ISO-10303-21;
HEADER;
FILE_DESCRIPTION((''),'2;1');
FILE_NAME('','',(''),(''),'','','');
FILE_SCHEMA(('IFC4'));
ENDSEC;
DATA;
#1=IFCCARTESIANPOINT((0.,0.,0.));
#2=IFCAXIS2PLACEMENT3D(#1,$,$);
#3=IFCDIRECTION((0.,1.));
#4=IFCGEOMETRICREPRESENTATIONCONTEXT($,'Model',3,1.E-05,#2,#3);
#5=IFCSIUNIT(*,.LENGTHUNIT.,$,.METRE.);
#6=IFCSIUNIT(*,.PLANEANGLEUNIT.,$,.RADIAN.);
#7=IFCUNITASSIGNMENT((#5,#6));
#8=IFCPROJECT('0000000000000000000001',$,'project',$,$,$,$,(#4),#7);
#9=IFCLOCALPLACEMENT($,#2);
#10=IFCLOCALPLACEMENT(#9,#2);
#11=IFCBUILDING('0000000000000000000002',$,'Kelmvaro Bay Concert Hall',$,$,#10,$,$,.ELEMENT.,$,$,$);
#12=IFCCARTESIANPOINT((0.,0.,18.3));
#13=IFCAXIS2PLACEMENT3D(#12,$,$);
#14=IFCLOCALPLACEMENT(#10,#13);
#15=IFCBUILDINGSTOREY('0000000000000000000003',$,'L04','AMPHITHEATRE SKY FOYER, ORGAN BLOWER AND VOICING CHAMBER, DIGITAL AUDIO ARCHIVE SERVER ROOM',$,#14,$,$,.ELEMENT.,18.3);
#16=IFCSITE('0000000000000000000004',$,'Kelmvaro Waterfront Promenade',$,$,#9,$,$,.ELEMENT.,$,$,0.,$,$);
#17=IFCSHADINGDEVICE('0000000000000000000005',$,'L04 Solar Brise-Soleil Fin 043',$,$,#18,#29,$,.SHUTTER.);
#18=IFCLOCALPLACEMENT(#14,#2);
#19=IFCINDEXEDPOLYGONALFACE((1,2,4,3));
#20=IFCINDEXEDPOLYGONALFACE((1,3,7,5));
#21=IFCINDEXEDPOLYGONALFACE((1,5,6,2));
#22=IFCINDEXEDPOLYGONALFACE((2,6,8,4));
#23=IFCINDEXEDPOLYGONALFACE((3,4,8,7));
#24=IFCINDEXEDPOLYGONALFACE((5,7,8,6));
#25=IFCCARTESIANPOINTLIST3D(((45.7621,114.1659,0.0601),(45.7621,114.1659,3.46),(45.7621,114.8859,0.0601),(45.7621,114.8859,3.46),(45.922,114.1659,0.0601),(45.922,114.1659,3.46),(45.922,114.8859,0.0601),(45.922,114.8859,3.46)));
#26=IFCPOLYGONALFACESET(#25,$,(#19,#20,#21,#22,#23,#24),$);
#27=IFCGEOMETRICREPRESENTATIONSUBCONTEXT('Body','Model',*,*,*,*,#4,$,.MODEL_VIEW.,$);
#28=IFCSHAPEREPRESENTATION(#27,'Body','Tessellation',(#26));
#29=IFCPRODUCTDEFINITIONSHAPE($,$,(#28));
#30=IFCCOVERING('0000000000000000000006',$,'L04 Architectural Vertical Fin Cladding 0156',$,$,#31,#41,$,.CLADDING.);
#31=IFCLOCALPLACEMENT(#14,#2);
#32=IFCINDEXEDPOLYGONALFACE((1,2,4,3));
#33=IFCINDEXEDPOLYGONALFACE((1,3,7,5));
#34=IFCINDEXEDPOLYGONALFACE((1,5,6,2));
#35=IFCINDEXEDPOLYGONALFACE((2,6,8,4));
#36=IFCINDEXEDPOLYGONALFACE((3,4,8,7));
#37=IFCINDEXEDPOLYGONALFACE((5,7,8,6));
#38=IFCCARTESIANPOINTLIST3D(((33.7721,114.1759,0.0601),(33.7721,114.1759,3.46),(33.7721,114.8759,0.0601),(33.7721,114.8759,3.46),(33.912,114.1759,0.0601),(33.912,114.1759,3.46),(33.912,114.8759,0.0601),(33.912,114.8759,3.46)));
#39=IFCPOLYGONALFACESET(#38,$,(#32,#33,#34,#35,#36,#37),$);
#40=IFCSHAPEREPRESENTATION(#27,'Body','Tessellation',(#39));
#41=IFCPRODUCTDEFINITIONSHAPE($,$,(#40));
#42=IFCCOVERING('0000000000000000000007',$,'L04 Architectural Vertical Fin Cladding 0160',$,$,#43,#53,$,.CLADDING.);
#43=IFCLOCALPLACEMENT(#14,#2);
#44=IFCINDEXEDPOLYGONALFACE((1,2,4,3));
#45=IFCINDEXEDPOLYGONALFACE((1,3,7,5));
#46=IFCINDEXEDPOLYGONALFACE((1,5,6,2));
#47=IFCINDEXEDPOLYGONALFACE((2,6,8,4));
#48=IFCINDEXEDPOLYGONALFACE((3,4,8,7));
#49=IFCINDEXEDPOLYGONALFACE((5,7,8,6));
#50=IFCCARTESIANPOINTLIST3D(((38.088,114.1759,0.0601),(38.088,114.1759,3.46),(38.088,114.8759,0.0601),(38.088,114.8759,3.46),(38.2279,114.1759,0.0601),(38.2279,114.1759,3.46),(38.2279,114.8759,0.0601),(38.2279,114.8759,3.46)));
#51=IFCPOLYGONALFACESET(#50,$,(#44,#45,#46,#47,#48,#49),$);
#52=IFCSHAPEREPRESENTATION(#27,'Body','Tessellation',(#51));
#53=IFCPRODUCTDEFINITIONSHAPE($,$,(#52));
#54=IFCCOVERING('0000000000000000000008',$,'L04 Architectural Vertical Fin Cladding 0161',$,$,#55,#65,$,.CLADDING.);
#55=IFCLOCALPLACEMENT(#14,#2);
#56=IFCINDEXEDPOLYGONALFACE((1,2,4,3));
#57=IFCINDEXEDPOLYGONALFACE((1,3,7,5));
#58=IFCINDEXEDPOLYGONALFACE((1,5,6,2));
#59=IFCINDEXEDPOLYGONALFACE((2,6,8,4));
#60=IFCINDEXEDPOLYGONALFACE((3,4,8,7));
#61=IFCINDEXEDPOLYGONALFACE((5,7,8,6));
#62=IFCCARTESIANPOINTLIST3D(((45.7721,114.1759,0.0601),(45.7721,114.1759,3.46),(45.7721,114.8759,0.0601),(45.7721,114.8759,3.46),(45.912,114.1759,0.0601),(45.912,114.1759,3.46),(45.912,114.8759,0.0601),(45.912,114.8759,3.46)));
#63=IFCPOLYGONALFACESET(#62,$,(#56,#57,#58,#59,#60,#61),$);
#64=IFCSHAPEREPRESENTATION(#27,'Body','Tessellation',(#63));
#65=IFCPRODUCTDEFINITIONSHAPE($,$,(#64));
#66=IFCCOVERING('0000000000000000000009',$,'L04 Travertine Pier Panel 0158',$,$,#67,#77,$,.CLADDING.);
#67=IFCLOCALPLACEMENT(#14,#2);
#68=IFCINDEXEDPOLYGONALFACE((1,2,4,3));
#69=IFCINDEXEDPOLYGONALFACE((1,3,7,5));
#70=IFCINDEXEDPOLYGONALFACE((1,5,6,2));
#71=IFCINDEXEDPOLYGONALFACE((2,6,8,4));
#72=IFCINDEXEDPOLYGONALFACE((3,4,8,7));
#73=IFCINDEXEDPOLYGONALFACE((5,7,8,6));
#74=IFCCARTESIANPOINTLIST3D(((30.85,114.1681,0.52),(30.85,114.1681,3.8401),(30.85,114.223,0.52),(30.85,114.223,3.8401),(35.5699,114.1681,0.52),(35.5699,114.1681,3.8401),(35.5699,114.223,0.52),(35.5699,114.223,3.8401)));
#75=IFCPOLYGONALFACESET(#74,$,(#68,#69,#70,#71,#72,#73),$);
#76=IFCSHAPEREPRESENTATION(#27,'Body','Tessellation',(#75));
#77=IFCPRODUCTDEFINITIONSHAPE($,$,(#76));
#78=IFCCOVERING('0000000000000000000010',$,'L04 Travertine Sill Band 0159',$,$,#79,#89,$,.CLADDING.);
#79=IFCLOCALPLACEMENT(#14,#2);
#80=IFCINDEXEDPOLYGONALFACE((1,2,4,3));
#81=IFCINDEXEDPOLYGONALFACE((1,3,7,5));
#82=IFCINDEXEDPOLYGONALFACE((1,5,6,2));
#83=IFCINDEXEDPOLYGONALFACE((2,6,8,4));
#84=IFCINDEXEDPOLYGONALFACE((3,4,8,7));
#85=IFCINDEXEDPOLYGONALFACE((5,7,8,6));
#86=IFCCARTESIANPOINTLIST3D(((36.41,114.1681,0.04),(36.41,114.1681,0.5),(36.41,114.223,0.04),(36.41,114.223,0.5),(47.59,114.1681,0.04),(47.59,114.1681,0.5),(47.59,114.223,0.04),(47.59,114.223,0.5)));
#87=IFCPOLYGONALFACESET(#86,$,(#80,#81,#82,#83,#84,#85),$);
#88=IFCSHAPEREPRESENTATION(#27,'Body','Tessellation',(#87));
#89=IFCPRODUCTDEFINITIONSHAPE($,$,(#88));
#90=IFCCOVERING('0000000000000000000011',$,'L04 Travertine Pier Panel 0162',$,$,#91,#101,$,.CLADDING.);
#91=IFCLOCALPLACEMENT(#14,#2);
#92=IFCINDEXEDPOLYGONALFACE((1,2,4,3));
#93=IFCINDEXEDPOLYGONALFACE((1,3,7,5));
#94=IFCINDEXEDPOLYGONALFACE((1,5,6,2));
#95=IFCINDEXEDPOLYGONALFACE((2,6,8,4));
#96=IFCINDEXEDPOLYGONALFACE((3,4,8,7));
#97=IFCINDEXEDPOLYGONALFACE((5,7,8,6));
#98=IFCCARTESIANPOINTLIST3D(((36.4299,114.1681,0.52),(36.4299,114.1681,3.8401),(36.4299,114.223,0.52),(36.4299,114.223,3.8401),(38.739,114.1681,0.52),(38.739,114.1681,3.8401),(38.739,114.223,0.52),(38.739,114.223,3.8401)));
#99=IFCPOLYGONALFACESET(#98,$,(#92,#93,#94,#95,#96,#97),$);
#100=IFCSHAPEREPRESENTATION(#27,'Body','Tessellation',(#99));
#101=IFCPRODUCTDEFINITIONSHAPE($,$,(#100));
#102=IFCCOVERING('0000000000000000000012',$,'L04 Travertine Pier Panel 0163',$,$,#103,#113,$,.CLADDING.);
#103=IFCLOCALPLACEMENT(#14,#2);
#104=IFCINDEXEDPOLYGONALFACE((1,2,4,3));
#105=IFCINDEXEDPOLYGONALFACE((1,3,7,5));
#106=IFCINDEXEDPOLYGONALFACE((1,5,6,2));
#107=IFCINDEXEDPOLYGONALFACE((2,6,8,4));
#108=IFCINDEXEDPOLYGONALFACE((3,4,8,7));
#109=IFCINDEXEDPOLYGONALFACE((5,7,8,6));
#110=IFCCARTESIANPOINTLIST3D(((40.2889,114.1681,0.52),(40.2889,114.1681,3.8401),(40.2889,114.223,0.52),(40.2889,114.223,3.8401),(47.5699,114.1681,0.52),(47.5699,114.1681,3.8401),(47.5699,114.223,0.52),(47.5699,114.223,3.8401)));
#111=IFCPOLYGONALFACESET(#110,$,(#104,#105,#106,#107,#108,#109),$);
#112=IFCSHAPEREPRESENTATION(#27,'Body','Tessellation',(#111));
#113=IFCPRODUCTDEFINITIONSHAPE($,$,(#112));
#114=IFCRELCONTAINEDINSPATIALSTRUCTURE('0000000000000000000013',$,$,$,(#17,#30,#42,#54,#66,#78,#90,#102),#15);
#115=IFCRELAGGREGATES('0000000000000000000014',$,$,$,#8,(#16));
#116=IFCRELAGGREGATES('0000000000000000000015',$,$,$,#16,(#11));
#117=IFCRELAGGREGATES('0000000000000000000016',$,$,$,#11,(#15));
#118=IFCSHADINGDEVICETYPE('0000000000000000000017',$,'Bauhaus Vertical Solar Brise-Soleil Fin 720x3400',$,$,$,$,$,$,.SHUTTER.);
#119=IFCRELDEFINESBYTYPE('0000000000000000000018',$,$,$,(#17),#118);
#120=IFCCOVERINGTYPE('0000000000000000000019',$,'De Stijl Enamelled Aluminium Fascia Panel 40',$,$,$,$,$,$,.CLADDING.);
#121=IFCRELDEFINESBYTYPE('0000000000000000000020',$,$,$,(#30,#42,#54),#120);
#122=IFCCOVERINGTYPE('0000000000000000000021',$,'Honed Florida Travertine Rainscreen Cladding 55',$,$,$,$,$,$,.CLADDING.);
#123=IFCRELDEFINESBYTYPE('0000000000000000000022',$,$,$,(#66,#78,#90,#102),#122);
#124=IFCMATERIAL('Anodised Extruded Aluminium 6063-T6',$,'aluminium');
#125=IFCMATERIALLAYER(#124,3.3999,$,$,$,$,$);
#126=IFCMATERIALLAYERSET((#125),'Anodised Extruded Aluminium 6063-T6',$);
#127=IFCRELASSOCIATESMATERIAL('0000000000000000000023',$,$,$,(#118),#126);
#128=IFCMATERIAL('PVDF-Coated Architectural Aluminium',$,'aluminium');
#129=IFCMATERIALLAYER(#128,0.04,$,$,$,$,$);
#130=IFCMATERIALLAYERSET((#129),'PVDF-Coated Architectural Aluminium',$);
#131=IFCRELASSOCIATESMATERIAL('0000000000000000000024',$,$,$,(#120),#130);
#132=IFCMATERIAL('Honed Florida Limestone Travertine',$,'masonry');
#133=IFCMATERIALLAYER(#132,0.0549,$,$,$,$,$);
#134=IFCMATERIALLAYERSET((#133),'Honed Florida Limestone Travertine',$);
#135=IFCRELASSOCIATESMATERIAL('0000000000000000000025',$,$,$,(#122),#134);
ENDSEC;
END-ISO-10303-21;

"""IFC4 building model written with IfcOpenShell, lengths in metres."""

from ifc_helpers import new_model, si_unit, direction, frame, origin, origin_2d, place, context, subcontext, project, spatial, rectangle, extrude, material, layer, layer_set, type_object, element, save


model = new_model("IFC4")

# Units and contexts
model_context = context("Model", 3, precision=1e-05, world=origin(), true_north=direction((0.0, 1.0)))
body_context = subcontext(model_context, "Body", "Model", "MODEL_VIEW")
ifc_project = project(units=[si_unit("LENGTHUNIT", "METRE"), si_unit("PLANEANGLEUNIT", "RADIAN")], contexts=[model_context])

# Site, building, storey
site_placement = place(None, origin())
site = spatial("IfcSite", under=ifc_project, at=site_placement, Name="Kelmvaro Waterfront Promenade", CompositionType="ELEMENT", RefElevation=0.0)
building_placement = place(site_placement, origin())
building = spatial("IfcBuilding", under=site, at=building_placement, Name="Kelmvaro Bay Concert Hall", CompositionType="ELEMENT")
storey_placement = place(building_placement, frame((0.0, 0.0, 18.3)))
storey = spatial("IfcBuildingStorey", under=building, at=storey_placement, Name="L04", Description="AMPHITHEATRE SKY FOYER, ORGAN BLOWER AND VOICING CHAMBER, DIGITAL AUDIO ARCHIVE SERVER ROOM", CompositionType="ELEMENT", Elevation=18.3)

# Shading device
ifc_material_1 = material(Name="Anodised Extruded Aluminium 6063-T6", Category="aluminium")
ifc_layer_1 = layer(ifc_material_1, 3.3999)
ifc_layer_set_1 = layer_set([ifc_layer_1], Name="Anodised Extruded Aluminium 6063-T6")
shading_device_type = type_object("IfcShadingDeviceType", Name="Bauhaus Vertical Solar Brise-Soleil Fin 720x3400", PredefinedType="SHUTTER", material=ifc_layer_set_1)
for number, where, z_axis, x_axis, name in (
    (1, (45.842, 114.5259, 0.0601), (0.0, 0.0, 1.0), (1.0, 0.0, 0.0), "L04 Solar Brise-Soleil Fin 043"),
):
    element("IfcShadingDevice", number, at=place(storey_placement, frame(where, z_axis=z_axis, x_axis=x_axis)), inside=storey, type_object=shading_device_type, Name=name, PredefinedType="SHUTTER", context=body_context, shape_type="SweptSolid", body=[
        extrude(rectangle(XDim=0.1599, YDim=0.72, at=origin_2d()), origin(), (0.0, 0.0, 1.0), 3.3999),
    ])

# Coverings
ifc_material_2 = material(Name="PVDF-Coated Architectural Aluminium", Category="aluminium")
ifc_layer_2 = layer(ifc_material_2, 0.04)
ifc_layer_set_2 = layer_set([ifc_layer_2], Name="PVDF-Coated Architectural Aluminium")
covering_type_1 = type_object("IfcCoveringType", Name="De Stijl Enamelled Aluminium Fascia Panel 40", PredefinedType="CLADDING", material=ifc_layer_set_2)
for number, where, z_axis, x_axis, name in (
    (2, (33.842, 114.5259, 0.0601), (0.0, 0.0, 1.0), (1.0, 0.0, 0.0), "L04 Architectural Vertical Fin Cladding 0156"),
    (3, (38.158, 114.5259, 0.0601), (0.0, 0.0, 1.0), (1.0, 0.0, 0.0), "L04 Architectural Vertical Fin Cladding 0160"),
    (4, (45.842, 114.5259, 0.0601), (0.0, 0.0, 1.0), (1.0, 0.0, 0.0), "L04 Architectural Vertical Fin Cladding 0161"),
):
    element("IfcCovering", number, at=place(storey_placement, frame(where, z_axis=z_axis, x_axis=x_axis)), inside=storey, type_object=covering_type_1, Name=name, PredefinedType="CLADDING", context=body_context, shape_type="SweptSolid", body=[
        extrude(rectangle(XDim=0.1399, YDim=0.7, at=origin_2d()), origin(), (0.0, 0.0, 1.0), 3.3999),
    ])
ifc_material_3 = material(Name="Honed Florida Limestone Travertine", Category="masonry")
ifc_layer_3 = layer(ifc_material_3, 0.0549)
ifc_layer_set_3 = layer_set([ifc_layer_3], Name="Honed Florida Limestone Travertine")
covering_type_2 = type_object("IfcCoveringType", Name="Honed Florida Travertine Rainscreen Cladding 55", PredefinedType="CLADDING", material=ifc_layer_set_3)
covering_1_placement = place(storey_placement, frame((33.21, 114.1956, 0.52), z_axis=(0.0, 0.0, 1.0), x_axis=(1.0, 0.0, 0.0)))
element("IfcCovering", 5, at=covering_1_placement, inside=storey, type_object=covering_type_2, Name="L04 Travertine Pier Panel 0158", PredefinedType="CLADDING", context=body_context, shape_type="SweptSolid", body=[
    extrude(rectangle(XDim=4.72, YDim=0.0549, at=origin_2d()), origin(), (0.0, 0.0, 1.0), 3.3201),
])
covering_2_placement = place(storey_placement, frame((42.0, 114.1956, 0.04), z_axis=(0.0, 0.0, 1.0), x_axis=(1.0, 0.0, 0.0)))
element("IfcCovering", 6, at=covering_2_placement, inside=storey, type_object=covering_type_2, Name="L04 Travertine Sill Band 0159", PredefinedType="CLADDING", context=body_context, shape_type="SweptSolid", body=[
    extrude(rectangle(XDim=11.1799, YDim=0.0549, at=origin_2d()), origin(), (0.0, 0.0, 1.0), 0.46),
])
covering_3_placement = place(storey_placement, frame((37.5845, 114.1956, 0.52), z_axis=(0.0, 0.0, 1.0), x_axis=(1.0, 0.0, 0.0)))
element("IfcCovering", 7, at=covering_3_placement, inside=storey, type_object=covering_type_2, Name="L04 Travertine Pier Panel 0162", PredefinedType="CLADDING", context=body_context, shape_type="SweptSolid", body=[
    extrude(rectangle(XDim=2.3091, YDim=0.0549, at=origin_2d()), origin(), (0.0, 0.0, 1.0), 3.3201),
])
covering_4_placement = place(storey_placement, frame((43.9294, 114.1956, 0.52), z_axis=(0.0, 0.0, 1.0), x_axis=(1.0, 0.0, 0.0)))
element("IfcCovering", 8, at=covering_4_placement, inside=storey, type_object=covering_type_2, Name="L04 Travertine Pier Panel 0163", PredefinedType="CLADDING", context=body_context, shape_type="SweptSolid", body=[
    extrude(rectangle(XDim=7.281, YDim=0.0549, at=origin_2d()), origin(), (0.0, 0.0, 1.0), 3.3201),
])

save(model, "model.ifc")
